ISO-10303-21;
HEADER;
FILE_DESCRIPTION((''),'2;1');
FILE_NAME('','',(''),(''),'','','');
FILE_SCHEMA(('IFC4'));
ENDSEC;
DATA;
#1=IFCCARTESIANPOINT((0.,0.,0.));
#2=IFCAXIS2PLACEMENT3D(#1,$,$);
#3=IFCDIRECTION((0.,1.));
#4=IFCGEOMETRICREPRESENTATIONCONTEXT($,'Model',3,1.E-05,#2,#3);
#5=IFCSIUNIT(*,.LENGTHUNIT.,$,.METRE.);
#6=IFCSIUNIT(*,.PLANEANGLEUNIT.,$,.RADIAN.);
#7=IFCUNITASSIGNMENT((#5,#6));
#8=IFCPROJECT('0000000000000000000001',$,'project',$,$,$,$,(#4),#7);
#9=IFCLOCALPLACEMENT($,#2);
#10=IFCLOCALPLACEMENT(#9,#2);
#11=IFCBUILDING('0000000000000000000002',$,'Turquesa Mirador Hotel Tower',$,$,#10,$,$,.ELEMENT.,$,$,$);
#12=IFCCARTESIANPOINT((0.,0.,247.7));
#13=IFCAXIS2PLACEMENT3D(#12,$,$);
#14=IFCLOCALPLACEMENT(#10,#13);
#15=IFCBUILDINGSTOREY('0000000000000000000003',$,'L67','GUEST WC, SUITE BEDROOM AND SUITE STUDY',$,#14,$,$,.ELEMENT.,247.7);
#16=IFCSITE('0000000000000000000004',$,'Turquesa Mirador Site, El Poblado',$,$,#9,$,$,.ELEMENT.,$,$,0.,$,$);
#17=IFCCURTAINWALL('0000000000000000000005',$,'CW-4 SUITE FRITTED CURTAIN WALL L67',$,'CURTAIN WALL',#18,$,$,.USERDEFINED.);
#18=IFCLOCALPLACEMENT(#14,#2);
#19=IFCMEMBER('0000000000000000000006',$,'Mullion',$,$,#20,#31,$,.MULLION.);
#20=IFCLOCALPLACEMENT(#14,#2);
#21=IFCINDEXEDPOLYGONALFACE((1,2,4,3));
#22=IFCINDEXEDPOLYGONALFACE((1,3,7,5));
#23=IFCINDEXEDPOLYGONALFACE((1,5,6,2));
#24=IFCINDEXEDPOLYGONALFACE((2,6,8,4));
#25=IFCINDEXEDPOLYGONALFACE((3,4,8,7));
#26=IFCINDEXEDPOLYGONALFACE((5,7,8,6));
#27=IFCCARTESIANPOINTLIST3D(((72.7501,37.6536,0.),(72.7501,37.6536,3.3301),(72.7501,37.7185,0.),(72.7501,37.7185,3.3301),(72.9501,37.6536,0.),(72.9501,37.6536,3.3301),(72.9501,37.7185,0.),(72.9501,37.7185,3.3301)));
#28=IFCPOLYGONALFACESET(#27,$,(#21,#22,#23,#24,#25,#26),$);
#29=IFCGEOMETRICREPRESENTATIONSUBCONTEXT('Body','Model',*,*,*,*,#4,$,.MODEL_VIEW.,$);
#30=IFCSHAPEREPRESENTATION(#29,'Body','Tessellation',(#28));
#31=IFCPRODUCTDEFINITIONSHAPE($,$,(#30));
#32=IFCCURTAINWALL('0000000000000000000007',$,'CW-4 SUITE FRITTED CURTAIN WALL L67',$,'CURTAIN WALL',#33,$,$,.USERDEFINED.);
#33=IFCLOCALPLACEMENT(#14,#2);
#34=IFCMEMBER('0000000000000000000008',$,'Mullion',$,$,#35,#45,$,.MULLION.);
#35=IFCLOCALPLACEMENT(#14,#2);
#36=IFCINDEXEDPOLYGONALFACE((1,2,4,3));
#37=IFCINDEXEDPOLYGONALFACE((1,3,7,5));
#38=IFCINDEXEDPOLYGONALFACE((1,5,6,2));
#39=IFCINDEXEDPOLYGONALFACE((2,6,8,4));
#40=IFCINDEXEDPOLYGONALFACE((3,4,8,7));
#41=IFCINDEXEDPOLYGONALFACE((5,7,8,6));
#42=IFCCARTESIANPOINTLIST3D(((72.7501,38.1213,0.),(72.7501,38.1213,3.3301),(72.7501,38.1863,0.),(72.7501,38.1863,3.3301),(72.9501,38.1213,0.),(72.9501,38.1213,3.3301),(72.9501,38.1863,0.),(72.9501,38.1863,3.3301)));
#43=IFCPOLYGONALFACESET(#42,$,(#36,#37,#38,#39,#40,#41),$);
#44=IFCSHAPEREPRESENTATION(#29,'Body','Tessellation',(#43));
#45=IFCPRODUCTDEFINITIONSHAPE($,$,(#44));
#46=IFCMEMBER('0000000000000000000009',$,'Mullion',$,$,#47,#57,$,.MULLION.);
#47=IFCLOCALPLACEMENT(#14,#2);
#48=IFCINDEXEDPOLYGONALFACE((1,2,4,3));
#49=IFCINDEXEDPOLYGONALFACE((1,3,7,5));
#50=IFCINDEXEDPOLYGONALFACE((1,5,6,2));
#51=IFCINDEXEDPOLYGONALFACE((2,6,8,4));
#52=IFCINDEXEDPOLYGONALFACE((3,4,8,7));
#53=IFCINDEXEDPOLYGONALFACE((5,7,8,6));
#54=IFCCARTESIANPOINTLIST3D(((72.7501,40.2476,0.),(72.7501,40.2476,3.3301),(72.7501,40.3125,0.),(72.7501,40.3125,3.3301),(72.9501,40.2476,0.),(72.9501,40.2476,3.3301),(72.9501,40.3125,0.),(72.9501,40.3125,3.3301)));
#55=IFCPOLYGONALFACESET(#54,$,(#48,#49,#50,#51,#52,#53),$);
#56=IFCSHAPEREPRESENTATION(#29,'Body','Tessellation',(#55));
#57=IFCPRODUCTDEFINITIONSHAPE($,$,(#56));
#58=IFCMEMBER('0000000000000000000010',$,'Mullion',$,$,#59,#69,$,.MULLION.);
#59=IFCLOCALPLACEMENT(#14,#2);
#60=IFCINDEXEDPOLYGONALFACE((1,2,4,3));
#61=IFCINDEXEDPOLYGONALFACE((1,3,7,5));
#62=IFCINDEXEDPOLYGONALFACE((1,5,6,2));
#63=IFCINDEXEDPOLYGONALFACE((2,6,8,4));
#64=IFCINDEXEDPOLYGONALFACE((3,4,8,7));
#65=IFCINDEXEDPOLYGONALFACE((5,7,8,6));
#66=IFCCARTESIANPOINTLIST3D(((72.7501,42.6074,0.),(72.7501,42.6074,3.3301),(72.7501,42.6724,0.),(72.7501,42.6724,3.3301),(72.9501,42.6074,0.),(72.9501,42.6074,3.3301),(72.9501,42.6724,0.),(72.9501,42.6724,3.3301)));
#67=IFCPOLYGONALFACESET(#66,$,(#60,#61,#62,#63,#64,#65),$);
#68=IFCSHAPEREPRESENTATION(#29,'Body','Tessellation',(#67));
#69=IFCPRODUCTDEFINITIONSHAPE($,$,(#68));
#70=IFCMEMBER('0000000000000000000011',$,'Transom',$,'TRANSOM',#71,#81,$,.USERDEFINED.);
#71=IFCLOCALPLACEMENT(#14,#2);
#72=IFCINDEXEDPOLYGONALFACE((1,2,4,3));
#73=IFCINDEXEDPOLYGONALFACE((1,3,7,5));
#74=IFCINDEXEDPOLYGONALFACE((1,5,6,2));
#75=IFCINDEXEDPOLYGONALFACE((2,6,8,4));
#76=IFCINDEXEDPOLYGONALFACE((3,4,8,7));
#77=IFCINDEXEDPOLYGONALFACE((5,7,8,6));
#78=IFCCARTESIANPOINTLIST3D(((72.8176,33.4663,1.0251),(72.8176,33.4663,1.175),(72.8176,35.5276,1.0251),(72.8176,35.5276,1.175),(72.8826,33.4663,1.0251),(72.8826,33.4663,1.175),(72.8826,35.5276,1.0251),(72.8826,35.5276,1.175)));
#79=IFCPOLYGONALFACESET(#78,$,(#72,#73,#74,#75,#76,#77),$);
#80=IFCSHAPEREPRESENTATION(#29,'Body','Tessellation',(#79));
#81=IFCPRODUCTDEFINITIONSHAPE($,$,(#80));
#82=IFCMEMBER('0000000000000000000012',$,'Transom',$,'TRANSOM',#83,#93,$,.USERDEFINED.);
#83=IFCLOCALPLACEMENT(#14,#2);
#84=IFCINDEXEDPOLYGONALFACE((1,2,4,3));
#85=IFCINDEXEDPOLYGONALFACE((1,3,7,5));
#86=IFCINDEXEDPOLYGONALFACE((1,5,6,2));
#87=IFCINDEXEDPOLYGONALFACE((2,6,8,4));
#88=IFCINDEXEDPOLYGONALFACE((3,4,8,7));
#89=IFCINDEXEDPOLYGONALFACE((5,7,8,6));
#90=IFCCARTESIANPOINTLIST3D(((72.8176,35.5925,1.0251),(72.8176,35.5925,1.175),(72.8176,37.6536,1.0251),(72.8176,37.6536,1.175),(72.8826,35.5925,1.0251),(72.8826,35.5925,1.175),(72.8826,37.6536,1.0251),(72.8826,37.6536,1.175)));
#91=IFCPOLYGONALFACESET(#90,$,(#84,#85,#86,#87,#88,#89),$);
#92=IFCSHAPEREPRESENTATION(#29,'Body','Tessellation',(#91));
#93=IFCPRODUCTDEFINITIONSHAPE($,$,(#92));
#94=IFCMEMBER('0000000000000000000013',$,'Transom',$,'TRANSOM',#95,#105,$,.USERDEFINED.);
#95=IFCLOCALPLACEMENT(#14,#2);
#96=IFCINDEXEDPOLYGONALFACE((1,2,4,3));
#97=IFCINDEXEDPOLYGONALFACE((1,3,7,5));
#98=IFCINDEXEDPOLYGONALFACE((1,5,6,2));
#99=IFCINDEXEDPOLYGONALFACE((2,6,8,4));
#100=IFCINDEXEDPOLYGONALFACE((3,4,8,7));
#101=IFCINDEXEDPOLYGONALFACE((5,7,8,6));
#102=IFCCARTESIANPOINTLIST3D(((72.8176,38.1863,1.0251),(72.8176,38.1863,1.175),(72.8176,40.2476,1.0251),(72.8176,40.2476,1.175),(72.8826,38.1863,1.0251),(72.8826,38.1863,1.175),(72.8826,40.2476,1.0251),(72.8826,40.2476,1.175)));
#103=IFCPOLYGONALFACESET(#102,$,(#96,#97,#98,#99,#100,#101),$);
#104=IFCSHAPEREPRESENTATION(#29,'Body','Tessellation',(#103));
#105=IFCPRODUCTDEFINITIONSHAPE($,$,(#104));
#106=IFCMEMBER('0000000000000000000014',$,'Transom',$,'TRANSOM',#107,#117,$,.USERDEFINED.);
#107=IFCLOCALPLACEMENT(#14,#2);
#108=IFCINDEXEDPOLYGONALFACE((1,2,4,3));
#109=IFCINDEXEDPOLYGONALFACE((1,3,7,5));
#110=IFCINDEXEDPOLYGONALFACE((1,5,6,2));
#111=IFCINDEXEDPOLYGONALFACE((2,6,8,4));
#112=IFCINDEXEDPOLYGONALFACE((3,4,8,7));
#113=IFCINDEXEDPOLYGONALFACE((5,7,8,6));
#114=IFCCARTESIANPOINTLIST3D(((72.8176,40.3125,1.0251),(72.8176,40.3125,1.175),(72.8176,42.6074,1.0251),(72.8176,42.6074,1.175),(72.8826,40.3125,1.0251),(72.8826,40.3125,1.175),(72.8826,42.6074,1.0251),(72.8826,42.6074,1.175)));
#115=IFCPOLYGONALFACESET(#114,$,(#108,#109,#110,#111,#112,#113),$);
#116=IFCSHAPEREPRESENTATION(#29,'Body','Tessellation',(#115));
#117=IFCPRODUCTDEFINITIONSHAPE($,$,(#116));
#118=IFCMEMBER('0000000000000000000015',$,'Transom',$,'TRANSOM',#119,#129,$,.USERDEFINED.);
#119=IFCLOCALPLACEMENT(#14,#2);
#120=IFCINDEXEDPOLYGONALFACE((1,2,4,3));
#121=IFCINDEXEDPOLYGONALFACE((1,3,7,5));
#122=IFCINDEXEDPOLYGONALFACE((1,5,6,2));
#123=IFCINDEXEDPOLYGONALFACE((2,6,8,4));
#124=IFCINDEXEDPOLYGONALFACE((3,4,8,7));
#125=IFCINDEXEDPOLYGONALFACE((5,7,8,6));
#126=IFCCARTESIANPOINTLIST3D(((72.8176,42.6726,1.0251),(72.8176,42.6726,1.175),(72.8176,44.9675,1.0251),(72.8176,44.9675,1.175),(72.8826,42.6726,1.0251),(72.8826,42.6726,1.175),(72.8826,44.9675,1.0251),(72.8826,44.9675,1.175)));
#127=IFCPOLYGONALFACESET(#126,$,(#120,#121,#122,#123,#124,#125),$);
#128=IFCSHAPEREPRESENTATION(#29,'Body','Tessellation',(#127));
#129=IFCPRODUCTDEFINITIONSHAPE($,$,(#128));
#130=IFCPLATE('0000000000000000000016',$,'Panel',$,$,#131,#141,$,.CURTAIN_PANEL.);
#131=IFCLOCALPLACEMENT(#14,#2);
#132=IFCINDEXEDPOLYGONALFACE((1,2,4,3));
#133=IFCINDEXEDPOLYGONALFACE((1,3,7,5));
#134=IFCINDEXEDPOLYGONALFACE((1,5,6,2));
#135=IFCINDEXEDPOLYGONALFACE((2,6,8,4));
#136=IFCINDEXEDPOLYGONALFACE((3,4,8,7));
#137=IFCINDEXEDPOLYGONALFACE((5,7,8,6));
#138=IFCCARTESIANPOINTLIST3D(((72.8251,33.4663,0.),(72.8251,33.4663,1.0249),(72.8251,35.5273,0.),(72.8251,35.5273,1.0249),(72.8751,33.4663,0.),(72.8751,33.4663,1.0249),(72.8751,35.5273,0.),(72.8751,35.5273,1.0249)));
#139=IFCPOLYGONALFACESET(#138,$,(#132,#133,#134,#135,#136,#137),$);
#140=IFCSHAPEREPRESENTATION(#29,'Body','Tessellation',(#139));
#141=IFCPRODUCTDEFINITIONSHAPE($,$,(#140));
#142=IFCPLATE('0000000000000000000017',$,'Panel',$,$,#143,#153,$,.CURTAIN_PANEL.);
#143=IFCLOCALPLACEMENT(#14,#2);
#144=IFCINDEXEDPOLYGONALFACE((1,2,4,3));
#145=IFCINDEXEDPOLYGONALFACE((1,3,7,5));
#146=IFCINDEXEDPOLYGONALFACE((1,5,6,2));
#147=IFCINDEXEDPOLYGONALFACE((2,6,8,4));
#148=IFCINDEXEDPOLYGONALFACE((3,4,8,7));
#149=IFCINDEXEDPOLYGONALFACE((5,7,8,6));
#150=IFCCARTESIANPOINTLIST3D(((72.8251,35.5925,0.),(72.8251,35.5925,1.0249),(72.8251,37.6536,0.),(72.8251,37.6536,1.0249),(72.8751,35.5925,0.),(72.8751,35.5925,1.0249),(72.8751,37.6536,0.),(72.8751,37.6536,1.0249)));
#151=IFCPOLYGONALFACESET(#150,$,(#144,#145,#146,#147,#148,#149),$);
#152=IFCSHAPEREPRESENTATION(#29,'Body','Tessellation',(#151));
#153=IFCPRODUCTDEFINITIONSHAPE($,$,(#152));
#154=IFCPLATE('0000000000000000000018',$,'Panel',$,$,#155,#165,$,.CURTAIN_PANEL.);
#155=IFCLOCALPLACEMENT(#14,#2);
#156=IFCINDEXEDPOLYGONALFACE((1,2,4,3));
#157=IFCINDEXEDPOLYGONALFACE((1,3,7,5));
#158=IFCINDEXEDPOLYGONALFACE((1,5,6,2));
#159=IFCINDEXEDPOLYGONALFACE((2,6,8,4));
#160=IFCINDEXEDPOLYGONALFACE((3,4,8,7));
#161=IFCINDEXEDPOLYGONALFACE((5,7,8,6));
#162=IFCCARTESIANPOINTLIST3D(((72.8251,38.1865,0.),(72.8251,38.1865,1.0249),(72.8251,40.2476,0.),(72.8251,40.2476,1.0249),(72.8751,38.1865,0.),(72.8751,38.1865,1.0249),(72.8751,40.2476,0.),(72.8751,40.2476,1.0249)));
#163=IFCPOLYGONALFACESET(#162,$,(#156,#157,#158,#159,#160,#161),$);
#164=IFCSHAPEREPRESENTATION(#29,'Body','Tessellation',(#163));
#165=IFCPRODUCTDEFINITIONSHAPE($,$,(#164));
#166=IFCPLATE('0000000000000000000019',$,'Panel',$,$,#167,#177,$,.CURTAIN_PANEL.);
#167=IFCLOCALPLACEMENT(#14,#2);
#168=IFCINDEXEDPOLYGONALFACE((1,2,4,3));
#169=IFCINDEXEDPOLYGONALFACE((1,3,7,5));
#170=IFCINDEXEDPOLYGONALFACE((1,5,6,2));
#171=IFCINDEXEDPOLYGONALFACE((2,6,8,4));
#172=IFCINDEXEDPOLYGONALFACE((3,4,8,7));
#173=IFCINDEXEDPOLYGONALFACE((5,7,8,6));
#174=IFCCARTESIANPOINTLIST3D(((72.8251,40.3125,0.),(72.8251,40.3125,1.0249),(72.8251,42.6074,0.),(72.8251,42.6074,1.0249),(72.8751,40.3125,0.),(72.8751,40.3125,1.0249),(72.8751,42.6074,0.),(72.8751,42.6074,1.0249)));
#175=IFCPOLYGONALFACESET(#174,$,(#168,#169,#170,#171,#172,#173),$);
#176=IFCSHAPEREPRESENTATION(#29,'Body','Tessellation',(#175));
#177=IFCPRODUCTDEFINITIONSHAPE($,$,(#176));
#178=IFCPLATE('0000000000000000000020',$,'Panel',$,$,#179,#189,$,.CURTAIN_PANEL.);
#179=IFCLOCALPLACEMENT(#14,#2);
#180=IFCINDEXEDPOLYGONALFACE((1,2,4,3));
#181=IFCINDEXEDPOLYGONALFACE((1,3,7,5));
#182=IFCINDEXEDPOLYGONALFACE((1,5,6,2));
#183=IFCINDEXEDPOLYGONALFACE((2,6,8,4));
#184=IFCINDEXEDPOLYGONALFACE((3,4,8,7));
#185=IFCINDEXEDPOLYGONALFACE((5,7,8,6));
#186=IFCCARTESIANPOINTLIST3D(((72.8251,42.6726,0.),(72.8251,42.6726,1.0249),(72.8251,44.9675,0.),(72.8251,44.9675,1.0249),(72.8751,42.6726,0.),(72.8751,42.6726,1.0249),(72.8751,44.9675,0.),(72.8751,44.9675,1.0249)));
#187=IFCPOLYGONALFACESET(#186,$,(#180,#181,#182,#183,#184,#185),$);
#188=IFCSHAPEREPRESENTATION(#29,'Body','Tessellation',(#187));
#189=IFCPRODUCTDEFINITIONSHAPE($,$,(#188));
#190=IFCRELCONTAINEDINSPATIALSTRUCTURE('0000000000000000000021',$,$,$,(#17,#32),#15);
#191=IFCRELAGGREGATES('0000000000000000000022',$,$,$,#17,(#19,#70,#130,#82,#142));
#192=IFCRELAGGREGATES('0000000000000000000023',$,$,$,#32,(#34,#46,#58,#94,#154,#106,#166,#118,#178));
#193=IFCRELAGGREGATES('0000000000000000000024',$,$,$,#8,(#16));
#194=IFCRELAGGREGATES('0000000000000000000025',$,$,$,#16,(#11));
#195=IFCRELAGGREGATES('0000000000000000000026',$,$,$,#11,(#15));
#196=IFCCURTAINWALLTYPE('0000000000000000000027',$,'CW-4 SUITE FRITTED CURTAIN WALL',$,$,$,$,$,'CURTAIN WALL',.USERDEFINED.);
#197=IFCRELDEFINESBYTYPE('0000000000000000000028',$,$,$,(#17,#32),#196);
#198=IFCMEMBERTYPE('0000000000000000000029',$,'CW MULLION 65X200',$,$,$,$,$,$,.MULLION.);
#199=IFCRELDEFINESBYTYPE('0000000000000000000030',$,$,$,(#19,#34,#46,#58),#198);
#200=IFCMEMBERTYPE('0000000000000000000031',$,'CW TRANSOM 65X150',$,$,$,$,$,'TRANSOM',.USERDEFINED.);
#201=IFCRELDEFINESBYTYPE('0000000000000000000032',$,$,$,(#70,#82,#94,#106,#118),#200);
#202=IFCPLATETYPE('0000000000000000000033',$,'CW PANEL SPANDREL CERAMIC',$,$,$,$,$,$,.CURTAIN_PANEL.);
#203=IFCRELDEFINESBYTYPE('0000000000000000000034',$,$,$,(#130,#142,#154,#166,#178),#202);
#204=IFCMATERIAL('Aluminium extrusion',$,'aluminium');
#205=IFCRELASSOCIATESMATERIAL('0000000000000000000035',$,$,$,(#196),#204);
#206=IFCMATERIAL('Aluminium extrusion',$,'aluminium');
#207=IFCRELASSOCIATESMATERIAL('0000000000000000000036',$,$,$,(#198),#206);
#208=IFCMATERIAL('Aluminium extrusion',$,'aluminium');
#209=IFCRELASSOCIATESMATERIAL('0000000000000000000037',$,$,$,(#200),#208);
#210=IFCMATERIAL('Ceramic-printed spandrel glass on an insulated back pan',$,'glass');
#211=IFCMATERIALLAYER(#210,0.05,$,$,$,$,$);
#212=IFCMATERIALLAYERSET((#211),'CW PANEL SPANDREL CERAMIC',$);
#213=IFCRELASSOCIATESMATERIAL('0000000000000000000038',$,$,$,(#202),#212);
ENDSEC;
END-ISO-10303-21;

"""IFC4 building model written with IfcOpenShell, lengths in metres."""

from ifc_helpers import new_model, si_unit, direction, frame, origin, origin_2d, place, context, subcontext, project, spatial, rectangle, extrude, material, layer, layer_set, material_profile, profile_set, type_object, element, aggregate, save


model = new_model("IFC4")

# Units and contexts
model_context = context("Model", 3, precision=1e-05, world=origin(), true_north=direction((0.0, 1.0)))
body_context = subcontext(model_context, "Body", "Model", "MODEL_VIEW")
ifc_project = project(units=[si_unit("LENGTHUNIT", "METRE"), si_unit("PLANEANGLEUNIT", "RADIAN")], contexts=[model_context])

# Site, building, storey
site_placement = place(None, origin())
site = spatial("IfcSite", under=ifc_project, at=site_placement, Name="Turquesa Mirador Site, El Poblado", CompositionType="ELEMENT", RefElevation=0.0)
building_placement = place(site_placement, origin())
building = spatial("IfcBuilding", under=site, at=building_placement, Name="Turquesa Mirador Hotel Tower", CompositionType="ELEMENT")
storey_placement = place(building_placement, frame((0.0, 0.0, 247.7)))
storey = spatial("IfcBuildingStorey", under=building, at=storey_placement, Name="L67", Description="GUEST WC, SUITE BEDROOM AND SUITE STUDY", CompositionType="ELEMENT", Elevation=247.7)

# Curtain walls, members
ifc_material_1 = material(Name="Aluminium extrusion", Category="aluminium")
curtain_wall_type = type_object("IfcCurtainWallType", Name="CW-4 SUITE FRITTED CURTAIN WALL", ElementType="CURTAIN WALL", PredefinedType="USERDEFINED", material=ifc_material_1)
curtain_wall_1_placement = place(storey_placement, origin())
curtain_wall_1 = element("IfcCurtainWall", 1, at=curtain_wall_1_placement, inside=storey, type_object=curtain_wall_type, Name="CW-4 SUITE FRITTED CURTAIN WALL L67", ObjectType="CURTAIN WALL", PredefinedType="USERDEFINED")
ifc_material_2 = material(Name="Aluminium extrusion", Category="aluminium")
ifc_material_profile_1 = material_profile(ifc_material_2, rectangle(XDim=0.0649, YDim=0.2, at=origin_2d()), Name="MULLION 65X200")
ifc_profile_set_1 = profile_set([ifc_material_profile_1], Name="Aluminium extrusion")
member_type_1 = type_object("IfcMemberType", Name="CW MULLION 65X200", PredefinedType="MULLION", material=ifc_profile_set_1)
member_1_placement = place(storey_placement, frame((72.8501, 37.686, 0.0), z_axis=(0.0, 0.0, 1.0), x_axis=(0.0, 1.0, 0.0)))
member_1 = element("IfcMember", 2, at=member_1_placement, type_object=member_type_1, Name="Mullion", PredefinedType="MULLION", context=body_context, shape_type="SweptSolid", body=[
    extrude(rectangle(XDim=0.0649, YDim=0.2, at=origin_2d()), origin(), (0.0, 0.0, 1.0), 3.3301),
])
curtain_wall_2_placement = place(storey_placement, origin())
curtain_wall_2 = element("IfcCurtainWall", 3, at=curtain_wall_2_placement, inside=storey, type_object=curtain_wall_type, Name="CW-4 SUITE FRITTED CURTAIN WALL L67", ObjectType="CURTAIN WALL", PredefinedType="USERDEFINED")
member_2_placement = place(storey_placement, frame((72.8501, 38.1538, 0.0), z_axis=(0.0, 0.0, 1.0), x_axis=(0.0, 1.0, 0.0)))
member_2 = element("IfcMember", 4, at=member_2_placement, type_object=member_type_1, Name="Mullion", PredefinedType="MULLION", context=body_context, shape_type="SweptSolid", body=[
    extrude(rectangle(XDim=0.0649, YDim=0.2, at=origin_2d()), origin(), (0.0, 0.0, 1.0), 3.3301),
])
member_3_placement = place(storey_placement, frame((72.8501, 40.28, 0.0), z_axis=(0.0, 0.0, 1.0), x_axis=(0.0, 1.0, 0.0)))
member_3 = element("IfcMember", 5, at=member_3_placement, type_object=member_type_1, Name="Mullion", PredefinedType="MULLION", context=body_context, shape_type="SweptSolid", body=[
    extrude(rectangle(XDim=0.0649, YDim=0.2, at=origin_2d()), origin(), (0.0, 0.0, 1.0), 3.3301),
])
member_4_placement = place(storey_placement, frame((72.8501, 42.6399, 0.0), z_axis=(0.0, 0.0, 1.0), x_axis=(0.0, 1.0, 0.0)))
member_4 = element("IfcMember", 6, at=member_4_placement, type_object=member_type_1, Name="Mullion", PredefinedType="MULLION", context=body_context, shape_type="SweptSolid", body=[
    extrude(rectangle(XDim=0.0649, YDim=0.2, at=origin_2d()), origin(), (0.0, 0.0, 1.0), 3.3301),
])

# Members
ifc_material_3 = material(Name="Aluminium extrusion", Category="aluminium")
ifc_material_profile_2 = material_profile(ifc_material_3, rectangle(XDim=0.0649, YDim=0.1499, at=origin_2d()), Name="TRANSOM 65X150")
ifc_profile_set_2 = profile_set([ifc_material_profile_2], Name="Aluminium extrusion")
member_type_2 = type_object("IfcMemberType", Name="CW TRANSOM 65X150", ElementType="TRANSOM", PredefinedType="USERDEFINED", material=ifc_profile_set_2)
member_5_placement = place(storey_placement, frame((72.8501, 33.4663, 1.1001), z_axis=(0.0, 1.0, 0.0), x_axis=(-1.0, 0.0, 0.0)))
member_5 = element("IfcMember", 7, at=member_5_placement, type_object=member_type_2, Name="Transom", ObjectType="TRANSOM", PredefinedType="USERDEFINED", context=body_context, shape_type="SweptSolid", body=[
    extrude(rectangle(XDim=0.0649, YDim=0.1499, at=origin_2d()), origin(), (0.0, 0.0, 1.0), 2.0613),
])
member_6_placement = place(storey_placement, frame((72.8501, 35.5925, 1.1001), z_axis=(0.0, 1.0, 0.0), x_axis=(-1.0, 0.0, 0.0)))
member_6 = element("IfcMember", 8, at=member_6_placement, type_object=member_type_2, Name="Transom", ObjectType="TRANSOM", PredefinedType="USERDEFINED", context=body_context, shape_type="SweptSolid", body=[
    extrude(rectangle(XDim=0.0649, YDim=0.1499, at=origin_2d()), origin(), (0.0, 0.0, 1.0), 2.061),
])
member_7_placement = place(storey_placement, frame((72.8501, 38.1863, 1.1001), z_axis=(0.0, 1.0, 0.0), x_axis=(-1.0, 0.0, 0.0)))
member_7 = element("IfcMember", 9, at=member_7_placement, type_object=member_type_2, Name="Transom", ObjectType="TRANSOM", PredefinedType="USERDEFINED", context=body_context, shape_type="SweptSolid", body=[
    extrude(rectangle(XDim=0.0649, YDim=0.1499, at=origin_2d()), origin(), (0.0, 0.0, 1.0), 2.0613),
])
member_8_placement = place(storey_placement, frame((72.8501, 40.3125, 1.1001), z_axis=(0.0, 1.0, 0.0), x_axis=(-1.0, 0.0, 0.0)))
member_8 = element("IfcMember", 10, at=member_8_placement, type_object=member_type_2, Name="Transom", ObjectType="TRANSOM", PredefinedType="USERDEFINED", context=body_context, shape_type="SweptSolid", body=[
    extrude(rectangle(XDim=0.0649, YDim=0.1499, at=origin_2d()), origin(), (0.0, 0.0, 1.0), 2.2949),
])
member_9_placement = place(storey_placement, frame((72.8501, 42.6726, 1.1001), z_axis=(0.0, 1.0, 0.0), x_axis=(-1.0, 0.0, 0.0)))
member_9 = element("IfcMember", 11, at=member_9_placement, type_object=member_type_2, Name="Transom", ObjectType="TRANSOM", PredefinedType="USERDEFINED", context=body_context, shape_type="SweptSolid", body=[
    extrude(rectangle(XDim=0.0649, YDim=0.1499, at=origin_2d()), origin(), (0.0, 0.0, 1.0), 2.2949),
])

# Plates
ifc_material_4 = material(Name="Ceramic-printed spandrel glass on an insulated back pan", Category="glass")
ifc_layer_1 = layer(ifc_material_4, 0.05)
ifc_layer_set_1 = layer_set([ifc_layer_1], Name="CW PANEL SPANDREL CERAMIC")
plate_type_1 = type_object("IfcPlateType", Name="CW PANEL SPANDREL CERAMIC", PredefinedType="CURTAIN_PANEL", material=ifc_layer_set_1)
plate_1_placement = place(storey_placement, frame((72.8501, 34.4968, 0.0), z_axis=(0.0, 0.0, 1.0), x_axis=(0.0, 1.0, 0.0)))
plate_1 = element("IfcPlate", 12, at=plate_1_placement, type_object=plate_type_1, Name="Panel", PredefinedType="CURTAIN_PANEL", context=body_context, shape_type="SweptSolid", body=[
    extrude(rectangle(XDim=2.061, YDim=0.05, at=origin_2d()), origin(), (0.0, 0.0, 1.0), 1.0249),
])
plate_2_placement = place(storey_placement, frame((72.8501, 36.623, 0.0), z_axis=(0.0, 0.0, 1.0), x_axis=(0.0, 1.0, 0.0)))
plate_2 = element("IfcPlate", 13, at=plate_2_placement, type_object=plate_type_1, Name="Panel", PredefinedType="CURTAIN_PANEL", context=body_context, shape_type="SweptSolid", body=[
    extrude(rectangle(XDim=2.061, YDim=0.05, at=origin_2d()), origin(), (0.0, 0.0, 1.0), 1.0249),
])
plate_3_placement = place(storey_placement, frame((72.8501, 39.217, 0.0), z_axis=(0.0, 0.0, 1.0), x_axis=(0.0, 1.0, 0.0)))
plate_3 = element("IfcPlate", 14, at=plate_3_placement, type_object=plate_type_1, Name="Panel", PredefinedType="CURTAIN_PANEL", context=body_context, shape_type="SweptSolid", body=[
    extrude(rectangle(XDim=2.061, YDim=0.05, at=origin_2d()), origin(), (0.0, 0.0, 1.0), 1.0249),
])
plate_4_placement = place(storey_placement, frame((72.8501, 41.46, 0.0), z_axis=(0.0, 0.0, 1.0), x_axis=(0.0, 1.0, 0.0)))
plate_4 = element("IfcPlate", 15, at=plate_4_placement, type_object=plate_type_1, Name="Panel", PredefinedType="CURTAIN_PANEL", context=body_context, shape_type="SweptSolid", body=[
    extrude(rectangle(XDim=2.2949, YDim=0.05, at=origin_2d()), origin(), (0.0, 0.0, 1.0), 1.0249),
])
plate_5_placement = place(storey_placement, frame((72.8501, 43.8201, 0.0), z_axis=(0.0, 0.0, 1.0), x_axis=(0.0, 1.0, 0.0)))
plate_5 = element("IfcPlate", 16, at=plate_5_placement, type_object=plate_type_1, Name="Panel", PredefinedType="CURTAIN_PANEL", context=body_context, shape_type="SweptSolid", body=[
    extrude(rectangle(XDim=2.2949, YDim=0.05, at=origin_2d()), origin(), (0.0, 0.0, 1.0), 1.0249),
])
aggregate(curtain_wall_1, [member_1, member_5, plate_1, member_6, plate_2])
aggregate(curtain_wall_2, [member_2, member_3, member_4, member_7, plate_3, member_8, plate_4, member_9, plate_5])

save(model, "model.ifc")
